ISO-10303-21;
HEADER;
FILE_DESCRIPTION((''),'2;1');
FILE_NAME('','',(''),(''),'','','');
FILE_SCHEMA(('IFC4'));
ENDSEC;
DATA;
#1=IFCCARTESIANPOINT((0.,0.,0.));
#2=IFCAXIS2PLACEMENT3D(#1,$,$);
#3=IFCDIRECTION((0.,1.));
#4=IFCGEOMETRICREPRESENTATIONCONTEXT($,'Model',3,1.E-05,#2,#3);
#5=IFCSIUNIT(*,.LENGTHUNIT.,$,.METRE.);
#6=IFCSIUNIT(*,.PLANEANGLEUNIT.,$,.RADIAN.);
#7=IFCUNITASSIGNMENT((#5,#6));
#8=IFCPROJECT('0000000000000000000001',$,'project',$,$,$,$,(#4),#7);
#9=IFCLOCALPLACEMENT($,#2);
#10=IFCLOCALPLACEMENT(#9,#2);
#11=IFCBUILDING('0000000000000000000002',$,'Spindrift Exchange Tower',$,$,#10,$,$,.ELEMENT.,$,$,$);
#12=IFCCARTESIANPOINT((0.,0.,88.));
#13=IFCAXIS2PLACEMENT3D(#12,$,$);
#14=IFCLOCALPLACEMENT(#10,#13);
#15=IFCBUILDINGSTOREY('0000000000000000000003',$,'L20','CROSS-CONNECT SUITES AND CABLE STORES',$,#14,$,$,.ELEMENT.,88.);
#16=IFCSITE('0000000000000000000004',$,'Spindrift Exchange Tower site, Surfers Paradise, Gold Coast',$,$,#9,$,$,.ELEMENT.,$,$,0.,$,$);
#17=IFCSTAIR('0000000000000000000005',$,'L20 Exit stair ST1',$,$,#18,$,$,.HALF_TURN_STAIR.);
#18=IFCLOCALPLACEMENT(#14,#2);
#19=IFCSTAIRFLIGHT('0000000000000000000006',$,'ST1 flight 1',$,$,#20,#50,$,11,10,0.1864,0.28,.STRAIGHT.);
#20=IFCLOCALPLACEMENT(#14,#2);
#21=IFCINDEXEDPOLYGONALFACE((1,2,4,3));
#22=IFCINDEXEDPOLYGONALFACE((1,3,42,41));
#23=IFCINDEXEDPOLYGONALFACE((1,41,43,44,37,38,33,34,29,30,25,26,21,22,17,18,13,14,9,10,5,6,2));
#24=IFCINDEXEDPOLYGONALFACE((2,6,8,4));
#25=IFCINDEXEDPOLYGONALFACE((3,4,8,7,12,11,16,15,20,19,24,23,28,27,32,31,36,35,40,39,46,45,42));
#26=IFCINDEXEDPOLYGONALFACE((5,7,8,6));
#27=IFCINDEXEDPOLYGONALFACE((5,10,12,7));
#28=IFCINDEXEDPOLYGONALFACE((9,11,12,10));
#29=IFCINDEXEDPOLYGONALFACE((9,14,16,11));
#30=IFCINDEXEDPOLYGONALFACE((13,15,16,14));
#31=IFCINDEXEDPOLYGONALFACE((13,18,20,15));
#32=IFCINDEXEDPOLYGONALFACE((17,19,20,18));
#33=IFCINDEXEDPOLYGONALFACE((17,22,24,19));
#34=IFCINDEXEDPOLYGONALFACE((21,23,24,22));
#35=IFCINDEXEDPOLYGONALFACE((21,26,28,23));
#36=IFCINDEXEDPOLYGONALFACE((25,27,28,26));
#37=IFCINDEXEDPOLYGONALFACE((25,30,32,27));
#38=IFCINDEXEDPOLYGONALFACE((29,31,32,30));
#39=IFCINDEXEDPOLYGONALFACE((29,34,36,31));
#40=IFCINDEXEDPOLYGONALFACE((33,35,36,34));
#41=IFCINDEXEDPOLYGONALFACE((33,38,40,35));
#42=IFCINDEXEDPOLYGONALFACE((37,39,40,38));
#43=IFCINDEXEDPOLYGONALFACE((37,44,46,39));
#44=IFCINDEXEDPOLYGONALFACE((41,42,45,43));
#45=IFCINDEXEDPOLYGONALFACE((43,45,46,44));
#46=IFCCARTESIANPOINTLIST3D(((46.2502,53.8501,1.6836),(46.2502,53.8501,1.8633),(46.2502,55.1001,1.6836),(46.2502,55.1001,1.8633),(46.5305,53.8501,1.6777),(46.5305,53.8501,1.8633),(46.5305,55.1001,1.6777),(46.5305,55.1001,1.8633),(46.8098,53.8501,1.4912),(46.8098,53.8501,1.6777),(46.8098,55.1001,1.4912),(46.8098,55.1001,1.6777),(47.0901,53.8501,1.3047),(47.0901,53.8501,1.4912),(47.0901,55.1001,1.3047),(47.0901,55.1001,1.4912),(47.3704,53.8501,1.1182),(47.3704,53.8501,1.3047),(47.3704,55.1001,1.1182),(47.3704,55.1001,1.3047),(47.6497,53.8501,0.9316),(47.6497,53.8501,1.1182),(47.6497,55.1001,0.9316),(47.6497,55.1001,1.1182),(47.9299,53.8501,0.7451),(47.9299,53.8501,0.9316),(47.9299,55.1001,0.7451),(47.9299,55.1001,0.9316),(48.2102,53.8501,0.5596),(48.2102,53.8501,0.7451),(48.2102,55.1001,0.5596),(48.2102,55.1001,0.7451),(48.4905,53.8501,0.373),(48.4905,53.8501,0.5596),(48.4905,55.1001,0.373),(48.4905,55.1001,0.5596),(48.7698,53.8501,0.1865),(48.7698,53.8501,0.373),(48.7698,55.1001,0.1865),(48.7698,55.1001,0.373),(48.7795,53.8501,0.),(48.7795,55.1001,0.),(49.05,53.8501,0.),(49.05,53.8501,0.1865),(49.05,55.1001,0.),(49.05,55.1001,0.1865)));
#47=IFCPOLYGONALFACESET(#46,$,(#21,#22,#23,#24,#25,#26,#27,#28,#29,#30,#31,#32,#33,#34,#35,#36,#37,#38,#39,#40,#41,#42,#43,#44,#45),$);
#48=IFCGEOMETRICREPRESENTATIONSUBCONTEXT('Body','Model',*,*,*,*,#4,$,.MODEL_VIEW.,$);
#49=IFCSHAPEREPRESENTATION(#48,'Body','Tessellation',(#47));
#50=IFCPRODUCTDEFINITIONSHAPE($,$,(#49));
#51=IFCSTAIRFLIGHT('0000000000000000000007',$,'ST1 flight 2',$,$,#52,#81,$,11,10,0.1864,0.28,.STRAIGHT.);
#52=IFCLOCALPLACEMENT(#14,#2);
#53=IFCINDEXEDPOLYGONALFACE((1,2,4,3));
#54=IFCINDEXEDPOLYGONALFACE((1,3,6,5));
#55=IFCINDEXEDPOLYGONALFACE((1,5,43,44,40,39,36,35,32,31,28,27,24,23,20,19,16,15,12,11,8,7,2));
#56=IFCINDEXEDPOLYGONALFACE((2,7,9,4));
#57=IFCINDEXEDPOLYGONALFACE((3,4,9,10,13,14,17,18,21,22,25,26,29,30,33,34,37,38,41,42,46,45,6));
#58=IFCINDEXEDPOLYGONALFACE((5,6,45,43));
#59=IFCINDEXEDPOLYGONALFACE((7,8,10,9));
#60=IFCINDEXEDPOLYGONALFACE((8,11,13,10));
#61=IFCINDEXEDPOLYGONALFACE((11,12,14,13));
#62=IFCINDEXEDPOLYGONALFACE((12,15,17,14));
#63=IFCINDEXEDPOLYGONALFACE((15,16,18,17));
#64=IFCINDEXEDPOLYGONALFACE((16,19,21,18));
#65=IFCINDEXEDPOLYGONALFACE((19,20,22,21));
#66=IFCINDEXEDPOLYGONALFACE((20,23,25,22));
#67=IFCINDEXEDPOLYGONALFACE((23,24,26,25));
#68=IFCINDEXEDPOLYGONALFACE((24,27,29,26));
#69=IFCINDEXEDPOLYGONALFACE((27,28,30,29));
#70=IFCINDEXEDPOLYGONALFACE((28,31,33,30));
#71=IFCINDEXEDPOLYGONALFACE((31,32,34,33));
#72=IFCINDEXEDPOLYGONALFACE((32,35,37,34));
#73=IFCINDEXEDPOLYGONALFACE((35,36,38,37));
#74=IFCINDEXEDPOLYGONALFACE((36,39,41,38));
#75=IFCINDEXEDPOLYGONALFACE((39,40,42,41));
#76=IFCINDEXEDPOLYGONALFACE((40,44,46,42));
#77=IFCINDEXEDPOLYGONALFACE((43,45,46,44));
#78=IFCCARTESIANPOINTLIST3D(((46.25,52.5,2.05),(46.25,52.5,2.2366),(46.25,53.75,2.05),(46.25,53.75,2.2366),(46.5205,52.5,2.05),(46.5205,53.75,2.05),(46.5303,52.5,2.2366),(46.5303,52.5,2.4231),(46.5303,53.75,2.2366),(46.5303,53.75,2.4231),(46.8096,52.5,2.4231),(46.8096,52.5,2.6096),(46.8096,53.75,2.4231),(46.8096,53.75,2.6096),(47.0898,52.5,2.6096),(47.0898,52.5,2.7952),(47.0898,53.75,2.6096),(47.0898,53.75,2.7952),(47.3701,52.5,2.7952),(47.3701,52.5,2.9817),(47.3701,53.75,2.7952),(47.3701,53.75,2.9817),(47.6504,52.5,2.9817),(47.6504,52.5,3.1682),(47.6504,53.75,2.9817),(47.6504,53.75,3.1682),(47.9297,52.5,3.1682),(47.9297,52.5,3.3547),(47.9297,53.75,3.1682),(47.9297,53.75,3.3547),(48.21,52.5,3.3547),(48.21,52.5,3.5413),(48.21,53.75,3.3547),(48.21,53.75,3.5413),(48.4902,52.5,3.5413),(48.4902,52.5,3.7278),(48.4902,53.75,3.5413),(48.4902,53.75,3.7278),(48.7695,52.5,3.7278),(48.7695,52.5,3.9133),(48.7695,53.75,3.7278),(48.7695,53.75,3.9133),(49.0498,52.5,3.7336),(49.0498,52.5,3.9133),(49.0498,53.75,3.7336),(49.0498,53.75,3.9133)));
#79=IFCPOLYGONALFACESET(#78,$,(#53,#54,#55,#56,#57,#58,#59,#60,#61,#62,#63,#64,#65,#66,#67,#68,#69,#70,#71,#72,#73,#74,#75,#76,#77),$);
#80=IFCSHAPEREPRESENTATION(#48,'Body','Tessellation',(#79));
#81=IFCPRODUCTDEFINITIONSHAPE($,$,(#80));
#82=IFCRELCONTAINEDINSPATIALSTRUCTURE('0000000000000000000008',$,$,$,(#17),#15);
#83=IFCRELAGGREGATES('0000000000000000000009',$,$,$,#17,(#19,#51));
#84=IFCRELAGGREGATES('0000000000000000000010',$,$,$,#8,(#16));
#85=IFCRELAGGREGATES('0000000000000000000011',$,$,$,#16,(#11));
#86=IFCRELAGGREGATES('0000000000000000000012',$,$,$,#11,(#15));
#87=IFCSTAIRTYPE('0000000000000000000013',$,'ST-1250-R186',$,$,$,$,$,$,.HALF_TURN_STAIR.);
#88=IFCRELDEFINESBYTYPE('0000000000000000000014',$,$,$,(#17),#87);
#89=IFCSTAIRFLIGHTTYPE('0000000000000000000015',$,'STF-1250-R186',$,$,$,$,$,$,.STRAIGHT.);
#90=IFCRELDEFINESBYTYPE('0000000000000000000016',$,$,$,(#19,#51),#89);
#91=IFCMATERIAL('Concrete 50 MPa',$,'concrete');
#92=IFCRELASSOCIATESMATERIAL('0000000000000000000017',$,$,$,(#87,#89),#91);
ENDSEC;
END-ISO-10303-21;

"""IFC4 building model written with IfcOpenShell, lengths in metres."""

from ifc_helpers import new_model, si_unit, direction, frame, origin, place, context, subcontext, project, spatial, line, indexed_curve, outline, extrude, material, type_object, element, aggregate, save


model = new_model("IFC4")

# Units and contexts
model_context = context("Model", 3, precision=1e-05, world=origin(), true_north=direction((0.0, 1.0)))
body_context = subcontext(model_context, "Body", "Model", "MODEL_VIEW")
ifc_project = project(units=[si_unit("LENGTHUNIT", "METRE"), si_unit("PLANEANGLEUNIT", "RADIAN")], contexts=[model_context])

# Site, building, storey
site_placement = place(None, origin())
site = spatial("IfcSite", under=ifc_project, at=site_placement, Name="Spindrift Exchange Tower site, Surfers Paradise, Gold Coast", CompositionType="ELEMENT", RefElevation=0.0)
building_placement = place(site_placement, origin())
building = spatial("IfcBuilding", under=site, at=building_placement, Name="Spindrift Exchange Tower", CompositionType="ELEMENT")
storey_placement = place(building_placement, frame((0.0, 0.0, 88.0)))
storey = spatial("IfcBuildingStorey", under=building, at=storey_placement, Name="L20", Description="CROSS-CONNECT SUITES AND CABLE STORES", CompositionType="ELEMENT", Elevation=88.0)

# Stair, stair flights
ifc_material_1 = material(Name="Concrete 50 MPa", Category="concrete")
stair_type = type_object("IfcStairType", Name="ST-1250-R186", PredefinedType="HALF_TURN_STAIR", material=ifc_material_1)
stair_placement = place(storey_placement, origin())
stair = element("IfcStair", 1, at=stair_placement, inside=storey, type_object=stair_type, Name="L20 Exit stair ST1", PredefinedType="HALF_TURN_STAIR")
stair_flight_type = type_object("IfcStairFlightType", Name="STF-1250-R186", PredefinedType="STRAIGHT", material=ifc_material_1)
stair_flight_1_placement = place(storey_placement, frame((49.05, 54.4751, 0.0), z_axis=(0.0, 0.0, 1.0), x_axis=(-1.0, 0.0, 0.0)))
stair_flight_1 = element("IfcStairFlight", 2, at=stair_flight_1_placement, type_object=stair_flight_type, Name="ST1 flight 1", NumberOfRisers=11, NumberOfTreads=10, PredefinedType="STRAIGHT", RiserHeight=0.1864, TreadLength=0.28, context=body_context, shape_type="SweptSolid", body=[
    extrude(outline(indexed_curve([(0.0, 0.0), (0.0, 0.1865), (0.2803, 0.1865), (0.2803, 0.373), (0.5596, 0.373), (0.5596, 0.5596), (0.8398, 0.5596), (0.8398, 0.7451), (1.1201, 0.7451), (1.1201, 0.9316), (1.4004, 0.9316), (1.4004, 1.1182), (1.6797, 1.1182), (1.6797, 1.3047), (1.96, 1.3047), (1.96, 1.4912), (2.2402, 1.4912), (2.2402, 1.6777), (2.5195, 1.6777), (2.5195, 1.8633), (2.7998, 1.8633), (2.7998, 2.0498), (2.7998, 1.6836), (0.2705, 0.0)], segments=[line(1, 2, 3, 4, 5, 6, 7, 8, 9, 10, 11, 12, 13, 14, 15, 16, 17, 18, 19, 20, 21, 22, 23, 24, 1)], self_intersect=False)), frame((0.0, 0.625, 0.0), z_axis=(0.0, -1.0, 0.0), x_axis=(1.0, 0.0, 0.0)), (0.0, 0.0, 1.0), 1.25),
])
stair_flight_2_placement = place(storey_placement, frame((46.25, 53.125, 2.05), z_axis=(0.0, 0.0, 1.0), x_axis=(1.0, 0.0, 0.0)))
stair_flight_2 = element("IfcStairFlight", 3, at=stair_flight_2_placement, type_object=stair_flight_type, Name="ST1 flight 2", NumberOfRisers=11, NumberOfTreads=10, PredefinedType="STRAIGHT", RiserHeight=0.1864, TreadLength=0.28, context=body_context, shape_type="SweptSolid", body=[
    extrude(outline(indexed_curve([(0.0, 0.0), (0.0, 0.1865), (0.2803, 0.1865), (0.2803, 0.373), (0.5596, 0.373), (0.5596, 0.5596), (0.8398, 0.5596), (0.8398, 0.7451), (1.1201, 0.7451), (1.1201, 0.9316), (1.4004, 0.9316), (1.4004, 1.1182), (1.6797, 1.1182), (1.6797, 1.3047), (1.96, 1.3047), (1.96, 1.4912), (2.2402, 1.4912), (2.2402, 1.6777), (2.5195, 1.6777), (2.5195, 1.8633), (2.7998, 1.8633), (2.7998, 2.0498), (2.7998, 1.6836), (0.2705, 0.0)], segments=[line(1, 2, 3, 4, 5, 6, 7, 8, 9, 10, 11, 12, 13, 14, 15, 16, 17, 18, 19, 20, 21, 22, 23, 24, 1)], self_intersect=False)), frame((0.0, 0.625, 0.0), z_axis=(0.0, -1.0, 0.0), x_axis=(1.0, 0.0, 0.0)), (0.0, 0.0, 1.0), 1.25),
])
aggregate(stair, [stair_flight_1, stair_flight_2])

save(model, "model.ifc")
